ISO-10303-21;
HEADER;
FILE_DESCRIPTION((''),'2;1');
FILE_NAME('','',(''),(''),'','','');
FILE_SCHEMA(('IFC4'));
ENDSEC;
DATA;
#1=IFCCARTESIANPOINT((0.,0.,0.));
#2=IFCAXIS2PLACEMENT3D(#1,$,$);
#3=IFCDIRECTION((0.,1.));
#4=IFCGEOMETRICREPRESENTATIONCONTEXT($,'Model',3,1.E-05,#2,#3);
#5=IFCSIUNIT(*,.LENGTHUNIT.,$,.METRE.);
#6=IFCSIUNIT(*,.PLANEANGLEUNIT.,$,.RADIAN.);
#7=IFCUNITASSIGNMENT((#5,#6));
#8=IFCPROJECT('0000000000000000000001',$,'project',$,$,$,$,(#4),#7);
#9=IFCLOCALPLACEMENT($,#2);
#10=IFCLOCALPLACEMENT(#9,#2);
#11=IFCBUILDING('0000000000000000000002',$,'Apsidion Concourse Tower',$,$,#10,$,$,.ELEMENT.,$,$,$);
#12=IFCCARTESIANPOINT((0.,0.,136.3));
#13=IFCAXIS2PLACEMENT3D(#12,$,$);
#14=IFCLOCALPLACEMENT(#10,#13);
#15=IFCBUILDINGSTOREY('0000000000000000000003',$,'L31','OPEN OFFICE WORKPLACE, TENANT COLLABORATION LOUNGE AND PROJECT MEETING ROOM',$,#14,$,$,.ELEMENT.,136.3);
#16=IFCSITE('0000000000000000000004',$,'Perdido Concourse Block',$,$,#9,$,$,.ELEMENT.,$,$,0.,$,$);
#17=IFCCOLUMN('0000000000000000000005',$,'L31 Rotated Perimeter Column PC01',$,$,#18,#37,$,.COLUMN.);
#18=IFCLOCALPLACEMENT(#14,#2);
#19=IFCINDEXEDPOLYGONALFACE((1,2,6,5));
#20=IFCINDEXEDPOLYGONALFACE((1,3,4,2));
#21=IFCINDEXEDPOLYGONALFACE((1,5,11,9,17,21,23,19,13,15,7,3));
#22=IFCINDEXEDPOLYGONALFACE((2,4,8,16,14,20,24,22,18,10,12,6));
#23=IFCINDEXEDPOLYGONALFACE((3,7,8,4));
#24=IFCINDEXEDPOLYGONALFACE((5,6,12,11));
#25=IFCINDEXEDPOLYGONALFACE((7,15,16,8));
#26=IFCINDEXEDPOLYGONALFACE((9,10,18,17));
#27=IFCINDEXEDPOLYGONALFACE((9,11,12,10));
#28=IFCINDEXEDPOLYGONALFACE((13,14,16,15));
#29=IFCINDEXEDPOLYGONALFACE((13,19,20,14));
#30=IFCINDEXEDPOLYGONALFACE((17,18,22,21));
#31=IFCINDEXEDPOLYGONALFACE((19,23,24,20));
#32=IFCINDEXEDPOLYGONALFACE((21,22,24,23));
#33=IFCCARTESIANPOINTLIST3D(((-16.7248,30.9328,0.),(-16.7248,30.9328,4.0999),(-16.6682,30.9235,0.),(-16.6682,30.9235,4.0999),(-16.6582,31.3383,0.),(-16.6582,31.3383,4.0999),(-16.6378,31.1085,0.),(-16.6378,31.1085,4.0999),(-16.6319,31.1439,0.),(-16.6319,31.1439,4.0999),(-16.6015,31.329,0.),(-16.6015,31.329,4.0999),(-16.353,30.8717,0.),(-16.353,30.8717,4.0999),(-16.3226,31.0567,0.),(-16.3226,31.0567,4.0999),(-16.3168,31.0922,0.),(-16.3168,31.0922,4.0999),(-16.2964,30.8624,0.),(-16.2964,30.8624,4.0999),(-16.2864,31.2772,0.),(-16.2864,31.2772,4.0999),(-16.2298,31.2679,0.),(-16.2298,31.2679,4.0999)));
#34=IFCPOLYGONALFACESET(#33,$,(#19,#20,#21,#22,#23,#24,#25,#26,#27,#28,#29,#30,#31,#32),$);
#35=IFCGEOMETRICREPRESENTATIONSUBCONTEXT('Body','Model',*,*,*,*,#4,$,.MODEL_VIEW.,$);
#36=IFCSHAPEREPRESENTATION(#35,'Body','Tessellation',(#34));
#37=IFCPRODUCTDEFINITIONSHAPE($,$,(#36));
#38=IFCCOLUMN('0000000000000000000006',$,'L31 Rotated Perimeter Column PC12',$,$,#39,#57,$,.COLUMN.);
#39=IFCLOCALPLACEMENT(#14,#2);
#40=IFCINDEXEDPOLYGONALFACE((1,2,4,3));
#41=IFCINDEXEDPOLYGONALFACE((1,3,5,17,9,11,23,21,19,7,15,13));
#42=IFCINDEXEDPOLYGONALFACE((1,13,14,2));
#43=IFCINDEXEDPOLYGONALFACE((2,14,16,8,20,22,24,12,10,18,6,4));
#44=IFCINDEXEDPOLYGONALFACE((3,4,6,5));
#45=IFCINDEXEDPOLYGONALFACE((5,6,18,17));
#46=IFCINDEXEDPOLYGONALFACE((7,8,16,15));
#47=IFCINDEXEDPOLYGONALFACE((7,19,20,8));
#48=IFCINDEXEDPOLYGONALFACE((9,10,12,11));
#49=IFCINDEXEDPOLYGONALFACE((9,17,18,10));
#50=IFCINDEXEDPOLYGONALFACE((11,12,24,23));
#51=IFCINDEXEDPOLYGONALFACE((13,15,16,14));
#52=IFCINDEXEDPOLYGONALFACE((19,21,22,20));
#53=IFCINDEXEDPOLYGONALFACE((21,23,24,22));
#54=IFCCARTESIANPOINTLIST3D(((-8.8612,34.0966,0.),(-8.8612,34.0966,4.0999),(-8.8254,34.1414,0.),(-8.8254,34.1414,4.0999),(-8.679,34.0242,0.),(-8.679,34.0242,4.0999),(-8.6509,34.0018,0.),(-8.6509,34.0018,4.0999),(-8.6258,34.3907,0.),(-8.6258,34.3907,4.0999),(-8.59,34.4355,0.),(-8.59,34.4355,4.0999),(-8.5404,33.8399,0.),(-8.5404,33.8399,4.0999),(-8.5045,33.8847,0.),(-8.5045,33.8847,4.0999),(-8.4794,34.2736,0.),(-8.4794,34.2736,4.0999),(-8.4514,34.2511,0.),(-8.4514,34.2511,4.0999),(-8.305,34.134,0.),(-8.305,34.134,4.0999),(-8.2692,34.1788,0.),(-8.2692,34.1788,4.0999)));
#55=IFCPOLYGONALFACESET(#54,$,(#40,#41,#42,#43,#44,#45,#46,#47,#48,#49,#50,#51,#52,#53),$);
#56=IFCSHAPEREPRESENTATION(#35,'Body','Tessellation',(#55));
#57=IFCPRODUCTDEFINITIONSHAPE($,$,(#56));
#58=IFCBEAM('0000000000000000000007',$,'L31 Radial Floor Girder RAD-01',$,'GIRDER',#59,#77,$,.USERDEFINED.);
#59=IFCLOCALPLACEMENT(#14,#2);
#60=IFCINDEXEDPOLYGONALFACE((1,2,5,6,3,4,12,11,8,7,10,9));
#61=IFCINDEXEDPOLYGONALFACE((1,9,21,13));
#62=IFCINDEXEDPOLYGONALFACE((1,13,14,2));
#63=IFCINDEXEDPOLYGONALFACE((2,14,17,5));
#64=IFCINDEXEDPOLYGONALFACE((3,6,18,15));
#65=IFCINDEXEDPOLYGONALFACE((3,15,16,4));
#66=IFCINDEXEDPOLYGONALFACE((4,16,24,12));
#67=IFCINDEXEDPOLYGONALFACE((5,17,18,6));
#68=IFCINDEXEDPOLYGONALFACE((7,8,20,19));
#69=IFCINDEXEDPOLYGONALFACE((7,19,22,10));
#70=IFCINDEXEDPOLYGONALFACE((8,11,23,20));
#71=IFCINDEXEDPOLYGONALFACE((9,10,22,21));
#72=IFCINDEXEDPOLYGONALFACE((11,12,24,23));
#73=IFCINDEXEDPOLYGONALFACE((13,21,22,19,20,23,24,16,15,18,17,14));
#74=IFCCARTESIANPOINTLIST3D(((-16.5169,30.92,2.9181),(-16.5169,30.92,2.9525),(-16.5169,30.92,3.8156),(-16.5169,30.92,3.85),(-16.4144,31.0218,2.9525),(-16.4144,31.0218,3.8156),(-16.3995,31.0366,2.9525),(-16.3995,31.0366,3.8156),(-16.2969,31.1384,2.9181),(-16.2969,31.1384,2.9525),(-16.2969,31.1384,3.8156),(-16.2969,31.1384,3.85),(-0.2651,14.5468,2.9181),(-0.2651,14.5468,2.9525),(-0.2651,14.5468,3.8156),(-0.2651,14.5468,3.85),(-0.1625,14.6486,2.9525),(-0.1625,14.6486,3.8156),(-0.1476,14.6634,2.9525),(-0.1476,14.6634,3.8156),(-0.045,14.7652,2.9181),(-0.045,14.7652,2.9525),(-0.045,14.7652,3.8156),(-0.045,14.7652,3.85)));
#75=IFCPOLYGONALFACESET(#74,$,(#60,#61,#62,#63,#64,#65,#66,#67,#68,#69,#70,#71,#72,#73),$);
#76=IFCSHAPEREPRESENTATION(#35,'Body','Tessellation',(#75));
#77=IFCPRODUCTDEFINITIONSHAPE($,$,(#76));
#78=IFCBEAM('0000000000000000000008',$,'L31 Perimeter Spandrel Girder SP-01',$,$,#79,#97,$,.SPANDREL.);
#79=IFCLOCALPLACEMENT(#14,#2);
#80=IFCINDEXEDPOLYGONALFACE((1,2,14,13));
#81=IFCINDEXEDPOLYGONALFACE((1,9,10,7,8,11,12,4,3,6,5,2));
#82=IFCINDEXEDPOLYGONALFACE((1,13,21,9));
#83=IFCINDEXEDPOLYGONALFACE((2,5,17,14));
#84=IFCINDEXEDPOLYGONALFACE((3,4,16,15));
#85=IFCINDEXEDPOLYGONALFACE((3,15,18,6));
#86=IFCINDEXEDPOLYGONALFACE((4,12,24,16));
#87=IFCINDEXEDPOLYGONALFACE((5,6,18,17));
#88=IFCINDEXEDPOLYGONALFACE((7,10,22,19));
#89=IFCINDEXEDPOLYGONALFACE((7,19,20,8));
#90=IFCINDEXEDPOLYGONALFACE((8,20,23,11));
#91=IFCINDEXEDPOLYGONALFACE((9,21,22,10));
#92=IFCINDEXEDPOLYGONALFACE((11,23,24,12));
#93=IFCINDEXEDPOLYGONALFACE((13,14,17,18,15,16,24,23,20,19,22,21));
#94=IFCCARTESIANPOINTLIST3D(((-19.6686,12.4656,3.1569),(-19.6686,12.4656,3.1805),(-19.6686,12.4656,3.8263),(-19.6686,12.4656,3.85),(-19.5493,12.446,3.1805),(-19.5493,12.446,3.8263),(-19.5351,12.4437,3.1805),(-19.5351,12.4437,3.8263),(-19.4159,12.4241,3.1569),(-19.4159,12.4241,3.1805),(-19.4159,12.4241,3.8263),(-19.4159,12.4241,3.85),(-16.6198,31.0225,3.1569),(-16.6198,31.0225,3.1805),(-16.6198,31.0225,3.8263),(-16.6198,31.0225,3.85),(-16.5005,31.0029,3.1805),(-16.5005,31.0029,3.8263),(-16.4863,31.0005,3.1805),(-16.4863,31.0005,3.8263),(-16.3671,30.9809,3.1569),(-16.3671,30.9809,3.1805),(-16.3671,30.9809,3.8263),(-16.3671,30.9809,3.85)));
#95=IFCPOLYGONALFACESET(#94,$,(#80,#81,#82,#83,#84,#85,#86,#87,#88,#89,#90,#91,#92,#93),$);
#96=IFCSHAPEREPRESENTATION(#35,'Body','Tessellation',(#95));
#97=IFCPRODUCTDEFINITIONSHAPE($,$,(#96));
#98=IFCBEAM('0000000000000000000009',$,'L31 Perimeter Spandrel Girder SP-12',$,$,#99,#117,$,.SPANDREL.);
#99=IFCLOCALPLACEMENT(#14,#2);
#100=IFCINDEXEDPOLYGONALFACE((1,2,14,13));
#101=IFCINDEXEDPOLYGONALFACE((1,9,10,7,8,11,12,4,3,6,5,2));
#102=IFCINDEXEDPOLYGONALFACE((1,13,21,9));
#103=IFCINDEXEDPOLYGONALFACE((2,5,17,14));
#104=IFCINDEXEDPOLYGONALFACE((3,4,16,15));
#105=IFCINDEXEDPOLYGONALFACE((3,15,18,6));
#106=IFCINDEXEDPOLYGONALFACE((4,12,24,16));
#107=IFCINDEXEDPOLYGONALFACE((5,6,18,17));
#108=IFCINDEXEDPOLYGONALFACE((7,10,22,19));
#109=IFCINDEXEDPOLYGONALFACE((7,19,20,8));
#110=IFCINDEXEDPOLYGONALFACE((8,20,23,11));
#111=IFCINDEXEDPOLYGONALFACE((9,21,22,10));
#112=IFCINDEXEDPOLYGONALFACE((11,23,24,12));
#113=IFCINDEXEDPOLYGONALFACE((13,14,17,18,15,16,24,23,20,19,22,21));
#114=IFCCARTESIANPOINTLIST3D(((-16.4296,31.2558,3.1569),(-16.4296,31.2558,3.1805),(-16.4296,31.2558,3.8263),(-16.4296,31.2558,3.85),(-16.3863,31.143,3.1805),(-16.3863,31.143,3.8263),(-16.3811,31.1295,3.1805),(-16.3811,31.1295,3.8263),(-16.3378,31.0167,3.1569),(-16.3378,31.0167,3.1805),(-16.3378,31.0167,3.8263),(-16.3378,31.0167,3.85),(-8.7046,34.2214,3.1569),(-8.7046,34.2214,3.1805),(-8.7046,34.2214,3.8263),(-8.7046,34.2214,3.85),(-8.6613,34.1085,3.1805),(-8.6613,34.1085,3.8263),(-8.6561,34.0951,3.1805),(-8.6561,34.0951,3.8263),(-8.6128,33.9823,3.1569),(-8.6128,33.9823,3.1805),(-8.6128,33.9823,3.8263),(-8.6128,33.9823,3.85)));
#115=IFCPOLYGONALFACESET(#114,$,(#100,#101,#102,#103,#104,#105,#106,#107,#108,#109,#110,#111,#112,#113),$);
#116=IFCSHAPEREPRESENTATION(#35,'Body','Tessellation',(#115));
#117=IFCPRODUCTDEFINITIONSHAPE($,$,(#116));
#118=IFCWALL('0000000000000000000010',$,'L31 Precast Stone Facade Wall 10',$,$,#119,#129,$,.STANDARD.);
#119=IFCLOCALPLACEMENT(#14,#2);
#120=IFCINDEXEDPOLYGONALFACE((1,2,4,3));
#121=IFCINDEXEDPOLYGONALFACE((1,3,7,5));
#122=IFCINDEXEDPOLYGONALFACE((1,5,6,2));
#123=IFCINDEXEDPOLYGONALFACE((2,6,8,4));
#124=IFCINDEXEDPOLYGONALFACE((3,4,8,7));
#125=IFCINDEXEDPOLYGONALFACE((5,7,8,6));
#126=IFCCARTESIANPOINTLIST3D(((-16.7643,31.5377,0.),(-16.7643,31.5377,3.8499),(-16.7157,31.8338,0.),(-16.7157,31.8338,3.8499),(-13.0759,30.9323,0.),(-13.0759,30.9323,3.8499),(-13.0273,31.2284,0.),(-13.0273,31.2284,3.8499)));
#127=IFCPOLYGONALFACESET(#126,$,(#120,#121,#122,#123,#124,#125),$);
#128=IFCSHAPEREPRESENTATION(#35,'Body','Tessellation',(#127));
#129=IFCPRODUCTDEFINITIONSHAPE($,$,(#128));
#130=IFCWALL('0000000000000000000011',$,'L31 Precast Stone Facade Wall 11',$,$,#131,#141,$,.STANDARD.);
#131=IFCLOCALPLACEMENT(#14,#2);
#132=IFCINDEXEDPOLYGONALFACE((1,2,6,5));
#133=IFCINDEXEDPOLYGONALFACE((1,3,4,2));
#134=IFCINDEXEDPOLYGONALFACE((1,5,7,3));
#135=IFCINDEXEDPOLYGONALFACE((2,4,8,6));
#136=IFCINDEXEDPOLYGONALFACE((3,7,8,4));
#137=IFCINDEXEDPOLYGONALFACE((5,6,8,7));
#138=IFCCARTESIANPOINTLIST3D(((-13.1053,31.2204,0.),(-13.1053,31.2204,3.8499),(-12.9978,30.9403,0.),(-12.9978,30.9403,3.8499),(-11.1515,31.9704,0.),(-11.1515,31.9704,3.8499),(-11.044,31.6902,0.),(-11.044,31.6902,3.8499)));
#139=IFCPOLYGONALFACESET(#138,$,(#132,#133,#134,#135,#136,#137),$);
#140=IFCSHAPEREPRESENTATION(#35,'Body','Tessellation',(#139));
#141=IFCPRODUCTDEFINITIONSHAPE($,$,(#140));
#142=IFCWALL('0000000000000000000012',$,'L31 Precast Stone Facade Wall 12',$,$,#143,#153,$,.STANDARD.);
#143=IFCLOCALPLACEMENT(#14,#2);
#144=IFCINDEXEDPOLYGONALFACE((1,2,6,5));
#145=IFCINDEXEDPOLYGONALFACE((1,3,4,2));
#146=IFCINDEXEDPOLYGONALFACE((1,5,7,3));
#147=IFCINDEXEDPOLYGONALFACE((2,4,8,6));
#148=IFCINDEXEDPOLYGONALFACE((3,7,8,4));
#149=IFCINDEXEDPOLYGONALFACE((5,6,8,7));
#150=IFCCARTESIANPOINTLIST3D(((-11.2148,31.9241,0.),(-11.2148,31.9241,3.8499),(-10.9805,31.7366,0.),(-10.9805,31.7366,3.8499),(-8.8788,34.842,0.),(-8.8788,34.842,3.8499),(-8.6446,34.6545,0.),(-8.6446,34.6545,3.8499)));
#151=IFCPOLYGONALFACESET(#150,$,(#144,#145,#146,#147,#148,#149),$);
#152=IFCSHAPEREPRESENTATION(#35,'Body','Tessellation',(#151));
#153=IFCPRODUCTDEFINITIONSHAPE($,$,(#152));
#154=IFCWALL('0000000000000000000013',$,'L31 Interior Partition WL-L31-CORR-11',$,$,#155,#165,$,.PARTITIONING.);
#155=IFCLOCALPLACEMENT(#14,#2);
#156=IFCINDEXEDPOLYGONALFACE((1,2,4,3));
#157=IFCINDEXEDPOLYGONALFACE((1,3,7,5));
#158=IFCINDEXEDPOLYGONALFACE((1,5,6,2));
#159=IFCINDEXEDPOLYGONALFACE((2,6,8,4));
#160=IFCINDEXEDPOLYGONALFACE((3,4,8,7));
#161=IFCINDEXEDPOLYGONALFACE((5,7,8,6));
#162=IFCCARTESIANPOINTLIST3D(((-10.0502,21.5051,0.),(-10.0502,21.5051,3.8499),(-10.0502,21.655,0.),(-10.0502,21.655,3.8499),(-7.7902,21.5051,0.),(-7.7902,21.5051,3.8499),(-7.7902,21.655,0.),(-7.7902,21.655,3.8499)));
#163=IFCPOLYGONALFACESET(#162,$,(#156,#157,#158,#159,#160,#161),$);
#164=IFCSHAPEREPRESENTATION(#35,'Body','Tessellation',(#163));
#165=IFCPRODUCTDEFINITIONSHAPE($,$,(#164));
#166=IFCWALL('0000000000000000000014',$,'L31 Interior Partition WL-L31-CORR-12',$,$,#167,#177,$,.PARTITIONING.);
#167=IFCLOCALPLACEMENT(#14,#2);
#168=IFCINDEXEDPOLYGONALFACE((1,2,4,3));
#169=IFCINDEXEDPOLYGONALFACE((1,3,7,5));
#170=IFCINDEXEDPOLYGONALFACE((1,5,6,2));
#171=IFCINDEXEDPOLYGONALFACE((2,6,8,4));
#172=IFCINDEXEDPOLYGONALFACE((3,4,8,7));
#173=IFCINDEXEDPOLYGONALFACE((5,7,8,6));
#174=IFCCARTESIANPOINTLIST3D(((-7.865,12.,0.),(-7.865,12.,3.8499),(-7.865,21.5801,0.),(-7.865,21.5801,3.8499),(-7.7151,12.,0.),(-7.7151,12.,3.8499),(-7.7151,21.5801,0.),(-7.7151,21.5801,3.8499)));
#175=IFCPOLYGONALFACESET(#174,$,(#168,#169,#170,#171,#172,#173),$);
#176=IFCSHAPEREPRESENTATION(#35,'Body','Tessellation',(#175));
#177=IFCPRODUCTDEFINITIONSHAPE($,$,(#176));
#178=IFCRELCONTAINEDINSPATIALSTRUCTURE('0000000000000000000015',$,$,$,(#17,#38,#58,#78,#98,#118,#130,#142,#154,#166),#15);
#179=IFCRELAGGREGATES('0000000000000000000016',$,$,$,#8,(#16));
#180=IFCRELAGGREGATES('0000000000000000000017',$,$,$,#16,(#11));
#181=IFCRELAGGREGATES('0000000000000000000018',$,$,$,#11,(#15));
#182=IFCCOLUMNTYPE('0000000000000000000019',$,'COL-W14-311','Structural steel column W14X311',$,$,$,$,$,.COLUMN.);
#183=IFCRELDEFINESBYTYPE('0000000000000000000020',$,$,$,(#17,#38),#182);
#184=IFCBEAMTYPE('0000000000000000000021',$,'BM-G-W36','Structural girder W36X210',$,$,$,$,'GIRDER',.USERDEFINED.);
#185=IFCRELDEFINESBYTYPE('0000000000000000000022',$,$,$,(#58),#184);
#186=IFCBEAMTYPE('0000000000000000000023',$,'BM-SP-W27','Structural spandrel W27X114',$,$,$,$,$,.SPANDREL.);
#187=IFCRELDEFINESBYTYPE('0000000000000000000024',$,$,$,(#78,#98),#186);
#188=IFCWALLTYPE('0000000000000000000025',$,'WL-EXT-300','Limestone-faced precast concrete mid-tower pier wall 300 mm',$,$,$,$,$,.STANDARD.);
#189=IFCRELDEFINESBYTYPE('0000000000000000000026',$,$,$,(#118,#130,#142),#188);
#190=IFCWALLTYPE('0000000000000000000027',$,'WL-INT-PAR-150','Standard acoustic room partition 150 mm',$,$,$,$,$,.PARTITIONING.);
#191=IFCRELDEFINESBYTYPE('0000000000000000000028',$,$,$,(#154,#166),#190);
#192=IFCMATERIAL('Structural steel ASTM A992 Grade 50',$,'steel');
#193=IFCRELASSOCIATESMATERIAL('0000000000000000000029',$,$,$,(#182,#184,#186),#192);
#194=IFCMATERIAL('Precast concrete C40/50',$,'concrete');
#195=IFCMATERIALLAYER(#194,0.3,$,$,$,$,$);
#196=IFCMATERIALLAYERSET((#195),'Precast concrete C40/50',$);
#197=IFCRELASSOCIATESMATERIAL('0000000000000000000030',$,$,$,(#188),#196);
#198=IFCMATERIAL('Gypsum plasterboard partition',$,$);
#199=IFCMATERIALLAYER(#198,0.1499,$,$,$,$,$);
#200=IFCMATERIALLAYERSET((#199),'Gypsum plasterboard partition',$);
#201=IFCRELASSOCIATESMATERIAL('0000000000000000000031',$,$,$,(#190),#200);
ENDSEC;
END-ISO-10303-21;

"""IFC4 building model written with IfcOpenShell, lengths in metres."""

from ifc_helpers import new_model, si_unit, direction, frame, frame_2d, origin, origin_2d, place, context, subcontext, project, spatial, rectangle, i_section, extrude, material, layer, layer_set, material_profile, profile_set, type_object, element, save


model = new_model("IFC4")

# Units and contexts
model_context = context("Model", 3, precision=1e-05, world=origin(), true_north=direction((0.0, 1.0)))
body_context = subcontext(model_context, "Body", "Model", "MODEL_VIEW")
ifc_project = project(units=[si_unit("LENGTHUNIT", "METRE"), si_unit("PLANEANGLEUNIT", "RADIAN")], contexts=[model_context])

# Site, building, storey
site_placement = place(None, origin())
site = spatial("IfcSite", under=ifc_project, at=site_placement, Name="Perdido Concourse Block", CompositionType="ELEMENT", RefElevation=0.0)
building_placement = place(site_placement, origin())
building = spatial("IfcBuilding", under=site, at=building_placement, Name="Apsidion Concourse Tower", CompositionType="ELEMENT")
storey_placement = place(building_placement, frame((0.0, 0.0, 136.3)))
storey = spatial("IfcBuildingStorey", under=building, at=storey_placement, Name="L31", Description="OPEN OFFICE WORKPLACE, TENANT COLLABORATION LOUNGE AND PROJECT MEETING ROOM", CompositionType="ELEMENT", Elevation=136.3)

# Columns
ifc_material_1 = material(Name="Structural steel ASTM A992 Grade 50", Category="steel")
ifc_material_profile_1 = material_profile(ifc_material_1, i_section(OverallWidth=0.4109, OverallDepth=0.4341, WebThickness=0.0359, FlangeThickness=0.0574, at=origin_2d()), Name="W14X311")
ifc_profile_set_1 = profile_set([ifc_material_profile_1], Name="Structural steel ASTM A992 Grade 50")
column_type = type_object("IfcColumnType", Name="COL-W14-311", Description="Structural steel column W14X311", PredefinedType="COLUMN", material=ifc_profile_set_1)
for number, where, z_axis, x_axis, name in (
    (1, (-16.4773, 31.1003, 0.0), (0.0, 0.0, 1.0), (0.162121, 0.986771, 0.0), "L31 Rotated Perimeter Column PC01"),
    (2, (-8.5652, 34.1377, 0.0), (0.0, 0.0, 1.0), (-0.780758, 0.624834, 0.0), "L31 Rotated Perimeter Column PC12"),
):
    element("IfcColumn", number, at=place(storey_placement, frame(where, z_axis=z_axis, x_axis=x_axis)), inside=storey, type_object=column_type, Name=name, PredefinedType="COLUMN", context=body_context, shape_type="SweptSolid", body=[
        extrude(i_section(OverallWidth=0.4109, OverallDepth=0.4341, WebThickness=0.0359, FlangeThickness=0.0574, at=origin_2d()), origin(), (0.0, 0.0, 1.0), 4.0999),
    ])

# Beams
ifc_material_profile_2 = material_profile(ifc_material_1, i_section(OverallWidth=0.3101, OverallDepth=0.9319, WebThickness=0.021, FlangeThickness=0.0344, at=origin_2d()), Name="W36X210")
ifc_profile_set_2 = profile_set([ifc_material_profile_2], Name="Structural steel ASTM A992 Grade 50")
beam_type_1 = type_object("IfcBeamType", Name="BM-G-W36", Description="Structural girder W36X210", ElementType="GIRDER", PredefinedType="USERDEFINED", material=ifc_profile_set_2)
beam_1_placement = place(storey_placement, frame((-0.155, 14.656, 3.384), z_axis=(-0.704472, 0.709732, 0.0), x_axis=(-0.709732, -0.704472, 0.0)))
element("IfcBeam", 3, at=beam_1_placement, inside=storey, type_object=beam_type_1, Name="L31 Radial Floor Girder RAD-01", ObjectType="GIRDER", PredefinedType="USERDEFINED", context=body_context, shape_type="SweptSolid", body=[
    extrude(i_section(OverallWidth=0.3101, OverallDepth=0.9319, WebThickness=0.021, FlangeThickness=0.0344, at=origin_2d()), origin(), (0.0, 0.0, 1.0), 23.0696),
])
ifc_material_profile_3 = material_profile(ifc_material_1, i_section(OverallWidth=0.2561, OverallDepth=0.6931, WebThickness=0.0144, FlangeThickness=0.0237, at=origin_2d()), Name="W27X114")
ifc_profile_set_3 = profile_set([ifc_material_profile_3], Name="Structural steel ASTM A992 Grade 50")
beam_type_2 = type_object("IfcBeamType", Name="BM-SP-W27", Description="Structural spandrel W27X114", PredefinedType="SPANDREL", material=ifc_profile_set_3)
beam_2_placement = place(storey_placement, frame((-16.4934, 31.0017, 3.5034), z_axis=(-0.162123, -0.986771, 0.0), x_axis=(0.986771, -0.162123, 0.0)))
element("IfcBeam", 4, at=beam_2_placement, inside=storey, type_object=beam_type_2, Name="L31 Perimeter Spandrel Girder SP-01", PredefinedType="SPANDREL", context=body_context, shape_type="SweptSolid", body=[
    extrude(i_section(OverallWidth=0.2561, OverallDepth=0.6931, WebThickness=0.0144, FlangeThickness=0.0237, at=origin_2d()), origin(), (0.0, 0.0, 1.0), 18.8057),
])
beam_3_placement = place(storey_placement, frame((-8.6587, 34.1018, 3.5034), z_axis=(-0.933573, -0.358388, 0.0), x_axis=(0.358388, -0.933573, 0.0)))
element("IfcBeam", 5, at=beam_3_placement, inside=storey, type_object=beam_type_2, Name="L31 Perimeter Spandrel Girder SP-12", PredefinedType="SPANDREL", context=body_context, shape_type="SweptSolid", body=[
    extrude(i_section(OverallWidth=0.2561, OverallDepth=0.6931, WebThickness=0.0144, FlangeThickness=0.0237, at=origin_2d()), origin(), (0.0, 0.0, 1.0), 8.2747),
])

# Shared definitions
ifc_material_2 = material(Name="Precast concrete C40/50", Category="concrete")
ifc_layer_1 = layer(ifc_material_2, 0.3)
ifc_layer_set_1 = layer_set([ifc_layer_1], Name="Precast concrete C40/50")
wall_type_1 = type_object("IfcWallType", Name="WL-EXT-300", Description="Limestone-faced precast concrete mid-tower pier wall 300 mm", PredefinedType="STANDARD", material=ifc_layer_set_1)

# Walls
wall_1_placement = place(storey_placement, frame((-16.74, 31.6858, 0.0), z_axis=(0.0, 0.0, 1.0), x_axis=(0.986793, -0.161984, 0.0)))
element("IfcWall", 6, at=wall_1_placement, inside=storey, type_object=wall_type_1, Name="L31 Precast Stone Facade Wall 10", PredefinedType="STANDARD", context=body_context, shape_type="SweptSolid", body=[
    extrude(rectangle(XDim=3.7378, YDim=0.3, at=frame_2d((1.8689, 0.0))), origin(), (0.0, 0.0, 1.0), 3.8499),
])
wall_2_placement = place(storey_placement, frame((-13.0515, 31.0803, 0.0), z_axis=(0.0, 0.0, 1.0), x_axis=(0.933583, 0.358361, 0.0)))
element("IfcWall", 7, at=wall_2_placement, inside=storey, type_object=wall_type_1, Name="L31 Precast Stone Facade Wall 11", PredefinedType="STANDARD", context=body_context, shape_type="SweptSolid", body=[
    extrude(rectangle(XDim=2.0928, YDim=0.3, at=frame_2d((1.0464, 0.0))), origin(), (0.0, 0.0, 1.0), 3.8499),
])
wall_3_placement = place(storey_placement, frame((-11.0977, 31.8303, 0.0), z_axis=(0.0, 0.0, 1.0), x_axis=(0.62495, 0.780665, 0.0)))
element("IfcWall", 8, at=wall_3_placement, inside=storey, type_object=wall_type_1, Name="L31 Precast Stone Facade Wall 12", PredefinedType="STANDARD", context=body_context, shape_type="SweptSolid", body=[
    extrude(rectangle(XDim=3.7378, YDim=0.3, at=frame_2d((1.8689, 0.0))), origin(), (0.0, 0.0, 1.0), 3.8499),
])
ifc_material_3 = material(Name="Gypsum plasterboard partition")
ifc_layer_2 = layer(ifc_material_3, 0.1499)
ifc_layer_set_2 = layer_set([ifc_layer_2], Name="Gypsum plasterboard partition")
wall_type_2 = type_object("IfcWallType", Name="WL-INT-PAR-150", Description="Standard acoustic room partition 150 mm", PredefinedType="PARTITIONING", material=ifc_layer_set_2)
wall_4_placement = place(storey_placement, frame((-10.05, 21.5801, 0.0), z_axis=(0.0, 0.0, 1.0), x_axis=(1.0, 0.0, 0.0)))
element("IfcWall", 9, at=wall_4_placement, inside=storey, type_object=wall_type_2, Name="L31 Interior Partition WL-L31-CORR-11", PredefinedType="PARTITIONING", context=body_context, shape_type="SweptSolid", body=[
    extrude(rectangle(XDim=2.26, YDim=0.1499, at=frame_2d((1.1299, 0.0))), origin(), (0.0, 0.0, 1.0), 3.8499),
])
wall_5_placement = place(storey_placement, frame((-7.79, 21.5801, 0.0), z_axis=(0.0, 0.0, 1.0), x_axis=(0.0, -1.0, 0.0)))
element("IfcWall", 10, at=wall_5_placement, inside=storey, type_object=wall_type_2, Name="L31 Interior Partition WL-L31-CORR-12", PredefinedType="PARTITIONING", context=body_context, shape_type="SweptSolid", body=[
    extrude(rectangle(XDim=9.5801, YDim=0.1499, at=frame_2d((4.79, 0.0))), origin(), (0.0, 0.0, 1.0), 3.8499),
])

save(model, "model.ifc")
